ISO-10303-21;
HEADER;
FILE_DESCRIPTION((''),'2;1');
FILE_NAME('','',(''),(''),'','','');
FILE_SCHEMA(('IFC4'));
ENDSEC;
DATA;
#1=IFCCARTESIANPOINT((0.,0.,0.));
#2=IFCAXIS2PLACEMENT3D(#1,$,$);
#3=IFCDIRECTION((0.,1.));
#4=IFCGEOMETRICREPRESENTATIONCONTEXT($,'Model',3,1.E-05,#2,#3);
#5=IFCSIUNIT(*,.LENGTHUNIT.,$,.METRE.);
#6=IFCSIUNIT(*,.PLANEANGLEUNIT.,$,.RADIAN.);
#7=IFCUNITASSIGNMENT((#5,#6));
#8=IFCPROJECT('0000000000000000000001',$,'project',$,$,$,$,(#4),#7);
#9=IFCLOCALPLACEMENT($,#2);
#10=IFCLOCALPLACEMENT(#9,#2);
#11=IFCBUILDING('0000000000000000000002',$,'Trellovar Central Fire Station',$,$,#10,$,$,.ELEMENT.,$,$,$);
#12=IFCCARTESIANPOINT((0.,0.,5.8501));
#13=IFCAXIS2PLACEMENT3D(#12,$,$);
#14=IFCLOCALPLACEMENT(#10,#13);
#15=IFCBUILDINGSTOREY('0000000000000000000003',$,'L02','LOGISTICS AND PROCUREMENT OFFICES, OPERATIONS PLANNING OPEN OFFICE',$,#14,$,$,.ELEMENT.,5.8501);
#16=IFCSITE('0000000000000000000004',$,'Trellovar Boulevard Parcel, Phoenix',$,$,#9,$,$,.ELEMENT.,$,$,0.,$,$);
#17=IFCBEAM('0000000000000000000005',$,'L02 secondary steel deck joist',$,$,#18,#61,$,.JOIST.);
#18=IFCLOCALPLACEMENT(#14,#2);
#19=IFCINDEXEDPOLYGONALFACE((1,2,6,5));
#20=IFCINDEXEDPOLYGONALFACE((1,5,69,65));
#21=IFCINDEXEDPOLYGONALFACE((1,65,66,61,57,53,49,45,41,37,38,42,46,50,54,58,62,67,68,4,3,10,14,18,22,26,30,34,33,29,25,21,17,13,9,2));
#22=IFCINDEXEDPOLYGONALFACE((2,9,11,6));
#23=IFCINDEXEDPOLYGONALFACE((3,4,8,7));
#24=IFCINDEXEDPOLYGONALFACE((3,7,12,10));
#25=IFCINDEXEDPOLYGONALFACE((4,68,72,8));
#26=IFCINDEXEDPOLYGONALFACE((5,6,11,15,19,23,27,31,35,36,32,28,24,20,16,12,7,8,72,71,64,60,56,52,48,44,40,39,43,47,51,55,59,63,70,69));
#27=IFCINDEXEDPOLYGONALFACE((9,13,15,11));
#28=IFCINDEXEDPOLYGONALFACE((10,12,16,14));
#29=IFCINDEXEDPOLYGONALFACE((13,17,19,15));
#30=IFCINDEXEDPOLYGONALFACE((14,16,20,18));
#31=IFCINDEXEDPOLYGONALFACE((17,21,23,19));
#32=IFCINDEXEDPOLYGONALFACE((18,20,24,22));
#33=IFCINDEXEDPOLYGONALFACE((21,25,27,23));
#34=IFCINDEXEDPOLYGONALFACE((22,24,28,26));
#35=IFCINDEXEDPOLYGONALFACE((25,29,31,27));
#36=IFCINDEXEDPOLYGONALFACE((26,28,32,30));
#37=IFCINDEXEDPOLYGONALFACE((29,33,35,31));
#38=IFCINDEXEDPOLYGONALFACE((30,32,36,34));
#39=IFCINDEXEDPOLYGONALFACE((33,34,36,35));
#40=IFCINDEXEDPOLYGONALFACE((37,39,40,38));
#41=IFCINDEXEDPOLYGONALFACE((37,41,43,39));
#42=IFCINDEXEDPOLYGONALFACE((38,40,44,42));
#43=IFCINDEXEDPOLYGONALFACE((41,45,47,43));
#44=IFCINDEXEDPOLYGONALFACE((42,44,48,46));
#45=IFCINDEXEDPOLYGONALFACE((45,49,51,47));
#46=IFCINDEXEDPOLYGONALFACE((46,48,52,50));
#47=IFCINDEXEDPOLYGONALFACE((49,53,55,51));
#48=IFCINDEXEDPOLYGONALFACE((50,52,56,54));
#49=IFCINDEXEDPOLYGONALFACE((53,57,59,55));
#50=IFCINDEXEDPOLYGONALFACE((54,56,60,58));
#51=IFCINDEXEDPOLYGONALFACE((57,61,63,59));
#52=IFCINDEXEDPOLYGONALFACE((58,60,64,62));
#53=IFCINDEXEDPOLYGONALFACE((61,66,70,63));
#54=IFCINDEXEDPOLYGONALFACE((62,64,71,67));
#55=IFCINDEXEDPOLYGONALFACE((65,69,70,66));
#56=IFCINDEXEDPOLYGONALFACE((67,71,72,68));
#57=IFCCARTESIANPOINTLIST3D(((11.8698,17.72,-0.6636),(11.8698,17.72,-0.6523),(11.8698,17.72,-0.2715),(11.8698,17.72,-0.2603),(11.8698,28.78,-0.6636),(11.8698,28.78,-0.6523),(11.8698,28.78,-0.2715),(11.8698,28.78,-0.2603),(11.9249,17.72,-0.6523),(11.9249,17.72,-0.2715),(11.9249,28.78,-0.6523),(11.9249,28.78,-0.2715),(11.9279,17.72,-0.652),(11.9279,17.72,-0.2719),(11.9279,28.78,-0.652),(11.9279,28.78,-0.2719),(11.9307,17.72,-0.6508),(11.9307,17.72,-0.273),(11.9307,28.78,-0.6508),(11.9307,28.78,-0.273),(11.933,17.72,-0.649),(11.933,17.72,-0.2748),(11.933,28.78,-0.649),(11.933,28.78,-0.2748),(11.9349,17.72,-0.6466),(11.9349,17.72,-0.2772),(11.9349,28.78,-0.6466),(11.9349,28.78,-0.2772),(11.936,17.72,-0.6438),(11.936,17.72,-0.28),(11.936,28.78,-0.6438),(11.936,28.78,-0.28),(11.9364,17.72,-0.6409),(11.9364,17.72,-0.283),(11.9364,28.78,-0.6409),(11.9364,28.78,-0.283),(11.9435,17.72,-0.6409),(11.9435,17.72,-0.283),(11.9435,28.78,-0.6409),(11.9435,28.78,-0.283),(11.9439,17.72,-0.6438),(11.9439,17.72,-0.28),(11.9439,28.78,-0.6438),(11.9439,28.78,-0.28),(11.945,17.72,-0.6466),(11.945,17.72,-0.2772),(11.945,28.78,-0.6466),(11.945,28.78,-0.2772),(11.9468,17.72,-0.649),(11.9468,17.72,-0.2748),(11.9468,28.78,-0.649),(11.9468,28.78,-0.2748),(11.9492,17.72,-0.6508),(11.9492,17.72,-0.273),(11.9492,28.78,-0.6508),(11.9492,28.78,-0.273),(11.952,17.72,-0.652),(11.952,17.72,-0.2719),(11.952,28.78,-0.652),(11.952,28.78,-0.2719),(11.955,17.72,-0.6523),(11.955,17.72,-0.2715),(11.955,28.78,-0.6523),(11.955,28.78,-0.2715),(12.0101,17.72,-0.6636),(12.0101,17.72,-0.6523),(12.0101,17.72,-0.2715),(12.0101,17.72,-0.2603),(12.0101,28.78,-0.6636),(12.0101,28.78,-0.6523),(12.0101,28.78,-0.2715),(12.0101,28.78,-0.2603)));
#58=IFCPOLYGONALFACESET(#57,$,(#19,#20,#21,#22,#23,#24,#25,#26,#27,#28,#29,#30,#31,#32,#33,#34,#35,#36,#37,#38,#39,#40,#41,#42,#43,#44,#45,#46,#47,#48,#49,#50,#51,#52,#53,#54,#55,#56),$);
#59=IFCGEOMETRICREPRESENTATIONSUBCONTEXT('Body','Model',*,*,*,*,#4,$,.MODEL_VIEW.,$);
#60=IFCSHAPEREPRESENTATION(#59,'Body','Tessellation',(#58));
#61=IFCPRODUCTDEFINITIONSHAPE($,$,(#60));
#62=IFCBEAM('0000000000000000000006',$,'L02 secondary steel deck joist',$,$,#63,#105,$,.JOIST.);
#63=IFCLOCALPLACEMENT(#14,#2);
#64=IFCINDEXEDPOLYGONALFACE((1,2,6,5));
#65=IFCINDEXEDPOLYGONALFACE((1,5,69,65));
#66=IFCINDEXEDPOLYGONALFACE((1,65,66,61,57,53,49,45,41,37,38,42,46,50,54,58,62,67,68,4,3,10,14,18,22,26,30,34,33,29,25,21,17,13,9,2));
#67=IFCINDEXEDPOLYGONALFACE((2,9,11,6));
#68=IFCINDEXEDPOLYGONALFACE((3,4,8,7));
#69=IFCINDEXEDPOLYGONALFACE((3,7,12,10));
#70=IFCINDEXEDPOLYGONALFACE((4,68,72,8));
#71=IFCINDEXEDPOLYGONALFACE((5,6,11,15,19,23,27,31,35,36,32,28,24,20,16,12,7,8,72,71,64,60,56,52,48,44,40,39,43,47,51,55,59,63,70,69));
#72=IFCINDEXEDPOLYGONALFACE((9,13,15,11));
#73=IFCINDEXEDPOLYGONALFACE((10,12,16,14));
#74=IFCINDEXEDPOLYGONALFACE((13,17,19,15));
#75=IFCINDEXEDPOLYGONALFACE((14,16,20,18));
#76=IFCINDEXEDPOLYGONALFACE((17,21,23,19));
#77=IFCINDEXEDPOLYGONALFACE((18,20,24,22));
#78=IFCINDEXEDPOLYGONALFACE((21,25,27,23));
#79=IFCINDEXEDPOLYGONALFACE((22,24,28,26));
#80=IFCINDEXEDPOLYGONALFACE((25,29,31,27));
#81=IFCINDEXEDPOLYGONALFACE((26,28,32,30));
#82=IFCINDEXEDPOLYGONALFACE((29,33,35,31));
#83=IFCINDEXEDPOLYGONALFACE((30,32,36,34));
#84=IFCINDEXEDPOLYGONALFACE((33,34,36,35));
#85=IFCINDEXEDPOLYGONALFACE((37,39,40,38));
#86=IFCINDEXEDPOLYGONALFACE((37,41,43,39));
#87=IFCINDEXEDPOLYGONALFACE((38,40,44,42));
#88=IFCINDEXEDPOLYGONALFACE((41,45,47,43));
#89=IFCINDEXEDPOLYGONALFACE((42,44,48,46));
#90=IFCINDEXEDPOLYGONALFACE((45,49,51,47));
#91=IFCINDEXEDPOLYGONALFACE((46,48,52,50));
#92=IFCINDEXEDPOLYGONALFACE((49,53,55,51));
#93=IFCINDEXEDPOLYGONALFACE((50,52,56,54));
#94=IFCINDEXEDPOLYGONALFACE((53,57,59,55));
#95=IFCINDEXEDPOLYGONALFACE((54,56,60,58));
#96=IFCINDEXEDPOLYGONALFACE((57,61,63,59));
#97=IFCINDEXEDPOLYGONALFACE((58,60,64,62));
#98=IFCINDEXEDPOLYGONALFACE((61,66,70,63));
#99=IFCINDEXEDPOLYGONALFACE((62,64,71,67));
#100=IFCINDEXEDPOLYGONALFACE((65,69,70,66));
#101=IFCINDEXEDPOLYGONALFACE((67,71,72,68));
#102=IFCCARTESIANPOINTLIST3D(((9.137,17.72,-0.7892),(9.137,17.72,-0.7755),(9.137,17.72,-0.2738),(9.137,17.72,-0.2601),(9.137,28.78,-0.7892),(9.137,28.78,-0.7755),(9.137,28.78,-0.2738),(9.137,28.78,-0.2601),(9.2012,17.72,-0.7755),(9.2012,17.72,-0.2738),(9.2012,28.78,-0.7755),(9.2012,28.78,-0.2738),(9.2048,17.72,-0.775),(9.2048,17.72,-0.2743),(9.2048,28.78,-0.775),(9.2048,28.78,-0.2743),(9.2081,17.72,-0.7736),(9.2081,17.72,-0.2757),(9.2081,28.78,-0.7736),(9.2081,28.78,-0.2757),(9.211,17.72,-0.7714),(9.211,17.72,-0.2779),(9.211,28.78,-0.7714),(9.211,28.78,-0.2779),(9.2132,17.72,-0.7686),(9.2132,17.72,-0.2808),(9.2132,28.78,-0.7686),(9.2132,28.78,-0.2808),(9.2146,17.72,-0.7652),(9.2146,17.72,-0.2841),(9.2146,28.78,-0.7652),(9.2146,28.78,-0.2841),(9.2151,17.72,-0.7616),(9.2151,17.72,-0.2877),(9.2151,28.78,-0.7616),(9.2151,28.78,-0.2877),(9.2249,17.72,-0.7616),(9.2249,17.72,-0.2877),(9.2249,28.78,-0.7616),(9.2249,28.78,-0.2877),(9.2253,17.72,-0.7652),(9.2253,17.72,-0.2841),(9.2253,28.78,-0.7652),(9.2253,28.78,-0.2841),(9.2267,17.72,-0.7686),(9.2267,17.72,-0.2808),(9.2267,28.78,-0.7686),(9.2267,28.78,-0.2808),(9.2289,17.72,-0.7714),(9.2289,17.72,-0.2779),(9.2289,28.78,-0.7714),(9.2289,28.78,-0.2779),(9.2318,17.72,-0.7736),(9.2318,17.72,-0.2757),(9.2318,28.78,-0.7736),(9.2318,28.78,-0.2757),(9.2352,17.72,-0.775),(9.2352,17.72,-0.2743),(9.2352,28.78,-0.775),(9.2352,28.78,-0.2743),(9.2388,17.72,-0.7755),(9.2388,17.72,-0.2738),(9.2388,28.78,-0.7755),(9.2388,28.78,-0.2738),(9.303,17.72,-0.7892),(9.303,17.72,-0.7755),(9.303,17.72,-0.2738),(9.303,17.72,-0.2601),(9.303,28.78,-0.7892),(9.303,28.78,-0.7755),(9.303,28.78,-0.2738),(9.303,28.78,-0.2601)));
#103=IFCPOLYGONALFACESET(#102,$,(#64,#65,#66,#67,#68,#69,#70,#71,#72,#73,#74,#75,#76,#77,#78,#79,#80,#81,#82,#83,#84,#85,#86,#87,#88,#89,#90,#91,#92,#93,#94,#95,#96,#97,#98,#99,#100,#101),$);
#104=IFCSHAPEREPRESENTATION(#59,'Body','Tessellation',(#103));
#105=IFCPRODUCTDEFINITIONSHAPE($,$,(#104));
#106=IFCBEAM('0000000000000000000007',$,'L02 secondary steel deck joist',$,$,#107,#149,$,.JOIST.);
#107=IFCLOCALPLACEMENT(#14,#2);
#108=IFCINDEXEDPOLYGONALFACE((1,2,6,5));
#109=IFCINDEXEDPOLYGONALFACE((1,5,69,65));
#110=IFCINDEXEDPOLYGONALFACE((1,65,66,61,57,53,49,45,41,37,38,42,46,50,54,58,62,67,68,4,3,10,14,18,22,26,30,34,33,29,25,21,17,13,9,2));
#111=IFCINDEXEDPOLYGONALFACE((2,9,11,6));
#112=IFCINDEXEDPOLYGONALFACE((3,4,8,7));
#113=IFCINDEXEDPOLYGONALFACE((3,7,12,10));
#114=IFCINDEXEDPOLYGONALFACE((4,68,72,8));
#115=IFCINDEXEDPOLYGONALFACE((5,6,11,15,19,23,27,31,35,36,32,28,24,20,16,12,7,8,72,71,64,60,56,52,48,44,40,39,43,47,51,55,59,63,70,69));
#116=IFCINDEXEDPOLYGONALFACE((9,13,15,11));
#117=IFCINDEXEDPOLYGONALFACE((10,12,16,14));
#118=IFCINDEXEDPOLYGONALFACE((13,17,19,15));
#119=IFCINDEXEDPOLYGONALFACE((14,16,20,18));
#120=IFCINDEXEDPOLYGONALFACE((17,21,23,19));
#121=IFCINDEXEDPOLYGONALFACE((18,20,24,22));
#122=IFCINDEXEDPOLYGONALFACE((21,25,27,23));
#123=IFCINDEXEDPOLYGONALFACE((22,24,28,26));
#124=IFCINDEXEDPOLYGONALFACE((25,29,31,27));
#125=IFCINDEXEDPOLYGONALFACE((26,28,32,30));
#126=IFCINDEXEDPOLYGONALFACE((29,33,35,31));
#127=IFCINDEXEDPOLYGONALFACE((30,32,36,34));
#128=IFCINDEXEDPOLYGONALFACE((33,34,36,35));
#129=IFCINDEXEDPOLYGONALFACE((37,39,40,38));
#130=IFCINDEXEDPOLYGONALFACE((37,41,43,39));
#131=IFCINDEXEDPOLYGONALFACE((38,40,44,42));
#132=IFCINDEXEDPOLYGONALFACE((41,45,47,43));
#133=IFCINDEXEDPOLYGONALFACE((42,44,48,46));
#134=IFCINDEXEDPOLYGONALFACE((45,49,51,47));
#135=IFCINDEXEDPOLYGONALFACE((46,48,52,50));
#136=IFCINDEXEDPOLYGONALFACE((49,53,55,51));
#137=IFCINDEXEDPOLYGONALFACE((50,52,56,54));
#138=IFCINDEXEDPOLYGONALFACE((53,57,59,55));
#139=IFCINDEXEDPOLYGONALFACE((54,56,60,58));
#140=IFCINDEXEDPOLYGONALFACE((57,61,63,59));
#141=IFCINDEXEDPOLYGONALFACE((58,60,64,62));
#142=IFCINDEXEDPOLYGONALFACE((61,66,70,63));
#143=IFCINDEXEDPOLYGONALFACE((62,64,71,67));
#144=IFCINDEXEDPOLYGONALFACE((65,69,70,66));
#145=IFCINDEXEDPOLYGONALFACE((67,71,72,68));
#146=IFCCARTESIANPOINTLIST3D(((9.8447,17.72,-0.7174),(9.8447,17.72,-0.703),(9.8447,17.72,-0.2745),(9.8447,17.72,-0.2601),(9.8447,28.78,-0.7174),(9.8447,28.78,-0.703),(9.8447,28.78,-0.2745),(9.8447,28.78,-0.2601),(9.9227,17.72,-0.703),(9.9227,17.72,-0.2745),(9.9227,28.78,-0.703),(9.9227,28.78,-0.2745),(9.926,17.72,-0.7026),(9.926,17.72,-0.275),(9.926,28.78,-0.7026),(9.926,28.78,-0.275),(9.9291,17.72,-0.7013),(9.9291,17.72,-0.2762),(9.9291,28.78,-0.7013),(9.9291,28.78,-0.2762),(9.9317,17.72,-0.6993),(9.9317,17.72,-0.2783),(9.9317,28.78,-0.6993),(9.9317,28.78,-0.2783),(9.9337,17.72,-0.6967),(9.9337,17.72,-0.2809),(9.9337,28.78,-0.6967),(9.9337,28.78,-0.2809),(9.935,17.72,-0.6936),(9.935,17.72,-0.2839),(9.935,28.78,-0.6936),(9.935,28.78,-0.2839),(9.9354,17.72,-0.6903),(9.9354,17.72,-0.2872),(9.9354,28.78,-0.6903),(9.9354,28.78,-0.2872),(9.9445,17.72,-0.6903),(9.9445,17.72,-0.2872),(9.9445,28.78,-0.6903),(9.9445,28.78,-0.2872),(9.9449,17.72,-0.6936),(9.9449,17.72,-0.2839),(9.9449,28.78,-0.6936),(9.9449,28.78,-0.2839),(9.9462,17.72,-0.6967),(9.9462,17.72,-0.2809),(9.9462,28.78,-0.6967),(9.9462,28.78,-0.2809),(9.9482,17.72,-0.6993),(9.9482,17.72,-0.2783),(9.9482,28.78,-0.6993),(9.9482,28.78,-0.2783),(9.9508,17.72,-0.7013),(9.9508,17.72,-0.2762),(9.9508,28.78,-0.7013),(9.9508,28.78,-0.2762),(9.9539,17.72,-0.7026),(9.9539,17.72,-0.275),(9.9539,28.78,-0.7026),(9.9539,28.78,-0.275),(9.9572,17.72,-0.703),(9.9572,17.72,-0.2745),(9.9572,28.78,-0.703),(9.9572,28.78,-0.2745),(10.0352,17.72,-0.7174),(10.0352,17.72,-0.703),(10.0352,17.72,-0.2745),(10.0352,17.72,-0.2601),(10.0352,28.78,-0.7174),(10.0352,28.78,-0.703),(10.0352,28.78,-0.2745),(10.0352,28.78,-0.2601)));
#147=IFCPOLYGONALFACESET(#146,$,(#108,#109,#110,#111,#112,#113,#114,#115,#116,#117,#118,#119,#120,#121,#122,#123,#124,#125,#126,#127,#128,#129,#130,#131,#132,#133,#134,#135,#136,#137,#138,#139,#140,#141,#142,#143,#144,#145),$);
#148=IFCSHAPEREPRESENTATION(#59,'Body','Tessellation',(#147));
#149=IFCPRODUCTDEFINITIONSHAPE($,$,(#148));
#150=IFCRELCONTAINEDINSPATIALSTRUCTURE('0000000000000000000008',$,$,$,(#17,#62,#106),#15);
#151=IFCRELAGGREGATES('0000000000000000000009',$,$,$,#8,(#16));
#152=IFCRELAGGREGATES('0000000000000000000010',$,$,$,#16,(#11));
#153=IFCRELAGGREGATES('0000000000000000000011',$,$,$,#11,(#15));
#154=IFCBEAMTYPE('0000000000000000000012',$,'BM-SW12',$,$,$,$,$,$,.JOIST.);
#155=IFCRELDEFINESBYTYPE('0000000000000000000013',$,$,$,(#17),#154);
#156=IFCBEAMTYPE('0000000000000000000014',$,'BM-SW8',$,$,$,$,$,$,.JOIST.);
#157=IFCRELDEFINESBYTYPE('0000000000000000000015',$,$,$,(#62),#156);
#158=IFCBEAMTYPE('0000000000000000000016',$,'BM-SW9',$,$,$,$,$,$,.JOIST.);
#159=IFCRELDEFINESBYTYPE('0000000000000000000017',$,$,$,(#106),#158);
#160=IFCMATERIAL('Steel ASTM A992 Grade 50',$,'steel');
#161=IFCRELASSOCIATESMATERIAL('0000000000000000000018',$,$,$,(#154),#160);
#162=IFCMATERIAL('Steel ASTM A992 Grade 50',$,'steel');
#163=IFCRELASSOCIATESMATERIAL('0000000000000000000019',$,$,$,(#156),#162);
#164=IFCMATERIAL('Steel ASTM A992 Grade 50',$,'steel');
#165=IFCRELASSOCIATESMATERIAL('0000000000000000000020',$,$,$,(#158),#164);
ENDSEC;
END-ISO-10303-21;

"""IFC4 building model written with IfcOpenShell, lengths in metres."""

from ifc_helpers import new_model, si_unit, direction, frame, origin, origin_2d, place, context, subcontext, project, spatial, i_section, extrude, material, material_profile, profile_set, type_object, element, save


model = new_model("IFC4")

# Units and contexts
model_context = context("Model", 3, precision=1e-05, world=origin(), true_north=direction((0.0, 1.0)))
body_context = subcontext(model_context, "Body", "Model", "MODEL_VIEW")
ifc_project = project(units=[si_unit("LENGTHUNIT", "METRE"), si_unit("PLANEANGLEUNIT", "RADIAN")], contexts=[model_context])

# Site, building, storey
site_placement = place(None, origin())
site = spatial("IfcSite", under=ifc_project, at=site_placement, Name="Trellovar Boulevard Parcel, Phoenix", CompositionType="ELEMENT", RefElevation=0.0)
building_placement = place(site_placement, origin())
building = spatial("IfcBuilding", under=site, at=building_placement, Name="Trellovar Central Fire Station", CompositionType="ELEMENT")
storey_placement = place(building_placement, frame((0.0, 0.0, 5.8501)))
storey = spatial("IfcBuildingStorey", under=building, at=storey_placement, Name="L02", Description="LOGISTICS AND PROCUREMENT OFFICES, OPERATIONS PLANNING OPEN OFFICE", CompositionType="ELEMENT", Elevation=5.8501)

# Beams
ifc_material_1 = material(Name="Steel ASTM A992 Grade 50", Category="steel")
ifc_material_profile_1 = material_profile(ifc_material_1, i_section(OverallWidth=0.1404, OverallDepth=0.4033, WebThickness=0.0071, FlangeThickness=0.0112, FilletRadius=0.0115, at=origin_2d()), Name="W16X31")
ifc_profile_set_1 = profile_set([ifc_material_profile_1], Name="Steel ASTM A992 Grade 50")
beam_type_1 = type_object("IfcBeamType", Name="BM-SW12", PredefinedType="JOIST", material=ifc_profile_set_1)
beam_1_placement = place(storey_placement, frame((11.9399, 17.72, -0.4619), z_axis=(0.0, 1.0, 0.0), x_axis=(-1.0, 0.0, 0.0)))
element("IfcBeam", 1, at=beam_1_placement, inside=storey, type_object=beam_type_1, Name="L02 secondary steel deck joist", PredefinedType="JOIST", context=body_context, shape_type="SweptSolid", body=[
    extrude(i_section(OverallWidth=0.1404, OverallDepth=0.4033, WebThickness=0.0071, FlangeThickness=0.0112, FilletRadius=0.0115, at=origin_2d()), origin(), (0.0, 0.0, 1.0), 11.0601),
])
ifc_material_2 = material(Name="Steel ASTM A992 Grade 50", Category="steel")
ifc_material_profile_2 = material_profile(ifc_material_2, i_section(OverallWidth=0.166, OverallDepth=0.5291, WebThickness=0.0098, FlangeThickness=0.0137, FilletRadius=0.0139, at=origin_2d()), Name="W21X50")
ifc_profile_set_2 = profile_set([ifc_material_profile_2], Name="Steel ASTM A992 Grade 50")
beam_type_2 = type_object("IfcBeamType", Name="BM-SW8", PredefinedType="JOIST", material=ifc_profile_set_2)
beam_2_placement = place(storey_placement, frame((9.22, 17.72, -0.5247), z_axis=(0.0, 1.0, 0.0), x_axis=(-1.0, 0.0, 0.0)))
element("IfcBeam", 2, at=beam_2_placement, inside=storey, type_object=beam_type_2, Name="L02 secondary steel deck joist", PredefinedType="JOIST", context=body_context, shape_type="SweptSolid", body=[
    extrude(i_section(OverallWidth=0.166, OverallDepth=0.5291, WebThickness=0.0098, FlangeThickness=0.0137, FilletRadius=0.0139, at=origin_2d()), origin(), (0.0, 0.0, 1.0), 11.0601),
])
ifc_material_3 = material(Name="Steel ASTM A992 Grade 50", Category="steel")
ifc_material_profile_3 = material_profile(ifc_material_3, i_section(OverallWidth=0.1904, OverallDepth=0.4573, WebThickness=0.009, FlangeThickness=0.0144, FilletRadius=0.0127, at=origin_2d()), Name="W18X50")
ifc_profile_set_3 = profile_set([ifc_material_profile_3], Name="Steel ASTM A992 Grade 50")
beam_type_3 = type_object("IfcBeamType", Name="BM-SW9", PredefinedType="JOIST", material=ifc_profile_set_3)
beam_3_placement = place(storey_placement, frame((9.9399, 17.72, -0.4888), z_axis=(0.0, 1.0, 0.0), x_axis=(-1.0, 0.0, 0.0)))
element("IfcBeam", 3, at=beam_3_placement, inside=storey, type_object=beam_type_3, Name="L02 secondary steel deck joist", PredefinedType="JOIST", context=body_context, shape_type="SweptSolid", body=[
    extrude(i_section(OverallWidth=0.1904, OverallDepth=0.4573, WebThickness=0.009, FlangeThickness=0.0144, FilletRadius=0.0127, at=origin_2d()), origin(), (0.0, 0.0, 1.0), 11.0601),
])

save(model, "model.ifc")
